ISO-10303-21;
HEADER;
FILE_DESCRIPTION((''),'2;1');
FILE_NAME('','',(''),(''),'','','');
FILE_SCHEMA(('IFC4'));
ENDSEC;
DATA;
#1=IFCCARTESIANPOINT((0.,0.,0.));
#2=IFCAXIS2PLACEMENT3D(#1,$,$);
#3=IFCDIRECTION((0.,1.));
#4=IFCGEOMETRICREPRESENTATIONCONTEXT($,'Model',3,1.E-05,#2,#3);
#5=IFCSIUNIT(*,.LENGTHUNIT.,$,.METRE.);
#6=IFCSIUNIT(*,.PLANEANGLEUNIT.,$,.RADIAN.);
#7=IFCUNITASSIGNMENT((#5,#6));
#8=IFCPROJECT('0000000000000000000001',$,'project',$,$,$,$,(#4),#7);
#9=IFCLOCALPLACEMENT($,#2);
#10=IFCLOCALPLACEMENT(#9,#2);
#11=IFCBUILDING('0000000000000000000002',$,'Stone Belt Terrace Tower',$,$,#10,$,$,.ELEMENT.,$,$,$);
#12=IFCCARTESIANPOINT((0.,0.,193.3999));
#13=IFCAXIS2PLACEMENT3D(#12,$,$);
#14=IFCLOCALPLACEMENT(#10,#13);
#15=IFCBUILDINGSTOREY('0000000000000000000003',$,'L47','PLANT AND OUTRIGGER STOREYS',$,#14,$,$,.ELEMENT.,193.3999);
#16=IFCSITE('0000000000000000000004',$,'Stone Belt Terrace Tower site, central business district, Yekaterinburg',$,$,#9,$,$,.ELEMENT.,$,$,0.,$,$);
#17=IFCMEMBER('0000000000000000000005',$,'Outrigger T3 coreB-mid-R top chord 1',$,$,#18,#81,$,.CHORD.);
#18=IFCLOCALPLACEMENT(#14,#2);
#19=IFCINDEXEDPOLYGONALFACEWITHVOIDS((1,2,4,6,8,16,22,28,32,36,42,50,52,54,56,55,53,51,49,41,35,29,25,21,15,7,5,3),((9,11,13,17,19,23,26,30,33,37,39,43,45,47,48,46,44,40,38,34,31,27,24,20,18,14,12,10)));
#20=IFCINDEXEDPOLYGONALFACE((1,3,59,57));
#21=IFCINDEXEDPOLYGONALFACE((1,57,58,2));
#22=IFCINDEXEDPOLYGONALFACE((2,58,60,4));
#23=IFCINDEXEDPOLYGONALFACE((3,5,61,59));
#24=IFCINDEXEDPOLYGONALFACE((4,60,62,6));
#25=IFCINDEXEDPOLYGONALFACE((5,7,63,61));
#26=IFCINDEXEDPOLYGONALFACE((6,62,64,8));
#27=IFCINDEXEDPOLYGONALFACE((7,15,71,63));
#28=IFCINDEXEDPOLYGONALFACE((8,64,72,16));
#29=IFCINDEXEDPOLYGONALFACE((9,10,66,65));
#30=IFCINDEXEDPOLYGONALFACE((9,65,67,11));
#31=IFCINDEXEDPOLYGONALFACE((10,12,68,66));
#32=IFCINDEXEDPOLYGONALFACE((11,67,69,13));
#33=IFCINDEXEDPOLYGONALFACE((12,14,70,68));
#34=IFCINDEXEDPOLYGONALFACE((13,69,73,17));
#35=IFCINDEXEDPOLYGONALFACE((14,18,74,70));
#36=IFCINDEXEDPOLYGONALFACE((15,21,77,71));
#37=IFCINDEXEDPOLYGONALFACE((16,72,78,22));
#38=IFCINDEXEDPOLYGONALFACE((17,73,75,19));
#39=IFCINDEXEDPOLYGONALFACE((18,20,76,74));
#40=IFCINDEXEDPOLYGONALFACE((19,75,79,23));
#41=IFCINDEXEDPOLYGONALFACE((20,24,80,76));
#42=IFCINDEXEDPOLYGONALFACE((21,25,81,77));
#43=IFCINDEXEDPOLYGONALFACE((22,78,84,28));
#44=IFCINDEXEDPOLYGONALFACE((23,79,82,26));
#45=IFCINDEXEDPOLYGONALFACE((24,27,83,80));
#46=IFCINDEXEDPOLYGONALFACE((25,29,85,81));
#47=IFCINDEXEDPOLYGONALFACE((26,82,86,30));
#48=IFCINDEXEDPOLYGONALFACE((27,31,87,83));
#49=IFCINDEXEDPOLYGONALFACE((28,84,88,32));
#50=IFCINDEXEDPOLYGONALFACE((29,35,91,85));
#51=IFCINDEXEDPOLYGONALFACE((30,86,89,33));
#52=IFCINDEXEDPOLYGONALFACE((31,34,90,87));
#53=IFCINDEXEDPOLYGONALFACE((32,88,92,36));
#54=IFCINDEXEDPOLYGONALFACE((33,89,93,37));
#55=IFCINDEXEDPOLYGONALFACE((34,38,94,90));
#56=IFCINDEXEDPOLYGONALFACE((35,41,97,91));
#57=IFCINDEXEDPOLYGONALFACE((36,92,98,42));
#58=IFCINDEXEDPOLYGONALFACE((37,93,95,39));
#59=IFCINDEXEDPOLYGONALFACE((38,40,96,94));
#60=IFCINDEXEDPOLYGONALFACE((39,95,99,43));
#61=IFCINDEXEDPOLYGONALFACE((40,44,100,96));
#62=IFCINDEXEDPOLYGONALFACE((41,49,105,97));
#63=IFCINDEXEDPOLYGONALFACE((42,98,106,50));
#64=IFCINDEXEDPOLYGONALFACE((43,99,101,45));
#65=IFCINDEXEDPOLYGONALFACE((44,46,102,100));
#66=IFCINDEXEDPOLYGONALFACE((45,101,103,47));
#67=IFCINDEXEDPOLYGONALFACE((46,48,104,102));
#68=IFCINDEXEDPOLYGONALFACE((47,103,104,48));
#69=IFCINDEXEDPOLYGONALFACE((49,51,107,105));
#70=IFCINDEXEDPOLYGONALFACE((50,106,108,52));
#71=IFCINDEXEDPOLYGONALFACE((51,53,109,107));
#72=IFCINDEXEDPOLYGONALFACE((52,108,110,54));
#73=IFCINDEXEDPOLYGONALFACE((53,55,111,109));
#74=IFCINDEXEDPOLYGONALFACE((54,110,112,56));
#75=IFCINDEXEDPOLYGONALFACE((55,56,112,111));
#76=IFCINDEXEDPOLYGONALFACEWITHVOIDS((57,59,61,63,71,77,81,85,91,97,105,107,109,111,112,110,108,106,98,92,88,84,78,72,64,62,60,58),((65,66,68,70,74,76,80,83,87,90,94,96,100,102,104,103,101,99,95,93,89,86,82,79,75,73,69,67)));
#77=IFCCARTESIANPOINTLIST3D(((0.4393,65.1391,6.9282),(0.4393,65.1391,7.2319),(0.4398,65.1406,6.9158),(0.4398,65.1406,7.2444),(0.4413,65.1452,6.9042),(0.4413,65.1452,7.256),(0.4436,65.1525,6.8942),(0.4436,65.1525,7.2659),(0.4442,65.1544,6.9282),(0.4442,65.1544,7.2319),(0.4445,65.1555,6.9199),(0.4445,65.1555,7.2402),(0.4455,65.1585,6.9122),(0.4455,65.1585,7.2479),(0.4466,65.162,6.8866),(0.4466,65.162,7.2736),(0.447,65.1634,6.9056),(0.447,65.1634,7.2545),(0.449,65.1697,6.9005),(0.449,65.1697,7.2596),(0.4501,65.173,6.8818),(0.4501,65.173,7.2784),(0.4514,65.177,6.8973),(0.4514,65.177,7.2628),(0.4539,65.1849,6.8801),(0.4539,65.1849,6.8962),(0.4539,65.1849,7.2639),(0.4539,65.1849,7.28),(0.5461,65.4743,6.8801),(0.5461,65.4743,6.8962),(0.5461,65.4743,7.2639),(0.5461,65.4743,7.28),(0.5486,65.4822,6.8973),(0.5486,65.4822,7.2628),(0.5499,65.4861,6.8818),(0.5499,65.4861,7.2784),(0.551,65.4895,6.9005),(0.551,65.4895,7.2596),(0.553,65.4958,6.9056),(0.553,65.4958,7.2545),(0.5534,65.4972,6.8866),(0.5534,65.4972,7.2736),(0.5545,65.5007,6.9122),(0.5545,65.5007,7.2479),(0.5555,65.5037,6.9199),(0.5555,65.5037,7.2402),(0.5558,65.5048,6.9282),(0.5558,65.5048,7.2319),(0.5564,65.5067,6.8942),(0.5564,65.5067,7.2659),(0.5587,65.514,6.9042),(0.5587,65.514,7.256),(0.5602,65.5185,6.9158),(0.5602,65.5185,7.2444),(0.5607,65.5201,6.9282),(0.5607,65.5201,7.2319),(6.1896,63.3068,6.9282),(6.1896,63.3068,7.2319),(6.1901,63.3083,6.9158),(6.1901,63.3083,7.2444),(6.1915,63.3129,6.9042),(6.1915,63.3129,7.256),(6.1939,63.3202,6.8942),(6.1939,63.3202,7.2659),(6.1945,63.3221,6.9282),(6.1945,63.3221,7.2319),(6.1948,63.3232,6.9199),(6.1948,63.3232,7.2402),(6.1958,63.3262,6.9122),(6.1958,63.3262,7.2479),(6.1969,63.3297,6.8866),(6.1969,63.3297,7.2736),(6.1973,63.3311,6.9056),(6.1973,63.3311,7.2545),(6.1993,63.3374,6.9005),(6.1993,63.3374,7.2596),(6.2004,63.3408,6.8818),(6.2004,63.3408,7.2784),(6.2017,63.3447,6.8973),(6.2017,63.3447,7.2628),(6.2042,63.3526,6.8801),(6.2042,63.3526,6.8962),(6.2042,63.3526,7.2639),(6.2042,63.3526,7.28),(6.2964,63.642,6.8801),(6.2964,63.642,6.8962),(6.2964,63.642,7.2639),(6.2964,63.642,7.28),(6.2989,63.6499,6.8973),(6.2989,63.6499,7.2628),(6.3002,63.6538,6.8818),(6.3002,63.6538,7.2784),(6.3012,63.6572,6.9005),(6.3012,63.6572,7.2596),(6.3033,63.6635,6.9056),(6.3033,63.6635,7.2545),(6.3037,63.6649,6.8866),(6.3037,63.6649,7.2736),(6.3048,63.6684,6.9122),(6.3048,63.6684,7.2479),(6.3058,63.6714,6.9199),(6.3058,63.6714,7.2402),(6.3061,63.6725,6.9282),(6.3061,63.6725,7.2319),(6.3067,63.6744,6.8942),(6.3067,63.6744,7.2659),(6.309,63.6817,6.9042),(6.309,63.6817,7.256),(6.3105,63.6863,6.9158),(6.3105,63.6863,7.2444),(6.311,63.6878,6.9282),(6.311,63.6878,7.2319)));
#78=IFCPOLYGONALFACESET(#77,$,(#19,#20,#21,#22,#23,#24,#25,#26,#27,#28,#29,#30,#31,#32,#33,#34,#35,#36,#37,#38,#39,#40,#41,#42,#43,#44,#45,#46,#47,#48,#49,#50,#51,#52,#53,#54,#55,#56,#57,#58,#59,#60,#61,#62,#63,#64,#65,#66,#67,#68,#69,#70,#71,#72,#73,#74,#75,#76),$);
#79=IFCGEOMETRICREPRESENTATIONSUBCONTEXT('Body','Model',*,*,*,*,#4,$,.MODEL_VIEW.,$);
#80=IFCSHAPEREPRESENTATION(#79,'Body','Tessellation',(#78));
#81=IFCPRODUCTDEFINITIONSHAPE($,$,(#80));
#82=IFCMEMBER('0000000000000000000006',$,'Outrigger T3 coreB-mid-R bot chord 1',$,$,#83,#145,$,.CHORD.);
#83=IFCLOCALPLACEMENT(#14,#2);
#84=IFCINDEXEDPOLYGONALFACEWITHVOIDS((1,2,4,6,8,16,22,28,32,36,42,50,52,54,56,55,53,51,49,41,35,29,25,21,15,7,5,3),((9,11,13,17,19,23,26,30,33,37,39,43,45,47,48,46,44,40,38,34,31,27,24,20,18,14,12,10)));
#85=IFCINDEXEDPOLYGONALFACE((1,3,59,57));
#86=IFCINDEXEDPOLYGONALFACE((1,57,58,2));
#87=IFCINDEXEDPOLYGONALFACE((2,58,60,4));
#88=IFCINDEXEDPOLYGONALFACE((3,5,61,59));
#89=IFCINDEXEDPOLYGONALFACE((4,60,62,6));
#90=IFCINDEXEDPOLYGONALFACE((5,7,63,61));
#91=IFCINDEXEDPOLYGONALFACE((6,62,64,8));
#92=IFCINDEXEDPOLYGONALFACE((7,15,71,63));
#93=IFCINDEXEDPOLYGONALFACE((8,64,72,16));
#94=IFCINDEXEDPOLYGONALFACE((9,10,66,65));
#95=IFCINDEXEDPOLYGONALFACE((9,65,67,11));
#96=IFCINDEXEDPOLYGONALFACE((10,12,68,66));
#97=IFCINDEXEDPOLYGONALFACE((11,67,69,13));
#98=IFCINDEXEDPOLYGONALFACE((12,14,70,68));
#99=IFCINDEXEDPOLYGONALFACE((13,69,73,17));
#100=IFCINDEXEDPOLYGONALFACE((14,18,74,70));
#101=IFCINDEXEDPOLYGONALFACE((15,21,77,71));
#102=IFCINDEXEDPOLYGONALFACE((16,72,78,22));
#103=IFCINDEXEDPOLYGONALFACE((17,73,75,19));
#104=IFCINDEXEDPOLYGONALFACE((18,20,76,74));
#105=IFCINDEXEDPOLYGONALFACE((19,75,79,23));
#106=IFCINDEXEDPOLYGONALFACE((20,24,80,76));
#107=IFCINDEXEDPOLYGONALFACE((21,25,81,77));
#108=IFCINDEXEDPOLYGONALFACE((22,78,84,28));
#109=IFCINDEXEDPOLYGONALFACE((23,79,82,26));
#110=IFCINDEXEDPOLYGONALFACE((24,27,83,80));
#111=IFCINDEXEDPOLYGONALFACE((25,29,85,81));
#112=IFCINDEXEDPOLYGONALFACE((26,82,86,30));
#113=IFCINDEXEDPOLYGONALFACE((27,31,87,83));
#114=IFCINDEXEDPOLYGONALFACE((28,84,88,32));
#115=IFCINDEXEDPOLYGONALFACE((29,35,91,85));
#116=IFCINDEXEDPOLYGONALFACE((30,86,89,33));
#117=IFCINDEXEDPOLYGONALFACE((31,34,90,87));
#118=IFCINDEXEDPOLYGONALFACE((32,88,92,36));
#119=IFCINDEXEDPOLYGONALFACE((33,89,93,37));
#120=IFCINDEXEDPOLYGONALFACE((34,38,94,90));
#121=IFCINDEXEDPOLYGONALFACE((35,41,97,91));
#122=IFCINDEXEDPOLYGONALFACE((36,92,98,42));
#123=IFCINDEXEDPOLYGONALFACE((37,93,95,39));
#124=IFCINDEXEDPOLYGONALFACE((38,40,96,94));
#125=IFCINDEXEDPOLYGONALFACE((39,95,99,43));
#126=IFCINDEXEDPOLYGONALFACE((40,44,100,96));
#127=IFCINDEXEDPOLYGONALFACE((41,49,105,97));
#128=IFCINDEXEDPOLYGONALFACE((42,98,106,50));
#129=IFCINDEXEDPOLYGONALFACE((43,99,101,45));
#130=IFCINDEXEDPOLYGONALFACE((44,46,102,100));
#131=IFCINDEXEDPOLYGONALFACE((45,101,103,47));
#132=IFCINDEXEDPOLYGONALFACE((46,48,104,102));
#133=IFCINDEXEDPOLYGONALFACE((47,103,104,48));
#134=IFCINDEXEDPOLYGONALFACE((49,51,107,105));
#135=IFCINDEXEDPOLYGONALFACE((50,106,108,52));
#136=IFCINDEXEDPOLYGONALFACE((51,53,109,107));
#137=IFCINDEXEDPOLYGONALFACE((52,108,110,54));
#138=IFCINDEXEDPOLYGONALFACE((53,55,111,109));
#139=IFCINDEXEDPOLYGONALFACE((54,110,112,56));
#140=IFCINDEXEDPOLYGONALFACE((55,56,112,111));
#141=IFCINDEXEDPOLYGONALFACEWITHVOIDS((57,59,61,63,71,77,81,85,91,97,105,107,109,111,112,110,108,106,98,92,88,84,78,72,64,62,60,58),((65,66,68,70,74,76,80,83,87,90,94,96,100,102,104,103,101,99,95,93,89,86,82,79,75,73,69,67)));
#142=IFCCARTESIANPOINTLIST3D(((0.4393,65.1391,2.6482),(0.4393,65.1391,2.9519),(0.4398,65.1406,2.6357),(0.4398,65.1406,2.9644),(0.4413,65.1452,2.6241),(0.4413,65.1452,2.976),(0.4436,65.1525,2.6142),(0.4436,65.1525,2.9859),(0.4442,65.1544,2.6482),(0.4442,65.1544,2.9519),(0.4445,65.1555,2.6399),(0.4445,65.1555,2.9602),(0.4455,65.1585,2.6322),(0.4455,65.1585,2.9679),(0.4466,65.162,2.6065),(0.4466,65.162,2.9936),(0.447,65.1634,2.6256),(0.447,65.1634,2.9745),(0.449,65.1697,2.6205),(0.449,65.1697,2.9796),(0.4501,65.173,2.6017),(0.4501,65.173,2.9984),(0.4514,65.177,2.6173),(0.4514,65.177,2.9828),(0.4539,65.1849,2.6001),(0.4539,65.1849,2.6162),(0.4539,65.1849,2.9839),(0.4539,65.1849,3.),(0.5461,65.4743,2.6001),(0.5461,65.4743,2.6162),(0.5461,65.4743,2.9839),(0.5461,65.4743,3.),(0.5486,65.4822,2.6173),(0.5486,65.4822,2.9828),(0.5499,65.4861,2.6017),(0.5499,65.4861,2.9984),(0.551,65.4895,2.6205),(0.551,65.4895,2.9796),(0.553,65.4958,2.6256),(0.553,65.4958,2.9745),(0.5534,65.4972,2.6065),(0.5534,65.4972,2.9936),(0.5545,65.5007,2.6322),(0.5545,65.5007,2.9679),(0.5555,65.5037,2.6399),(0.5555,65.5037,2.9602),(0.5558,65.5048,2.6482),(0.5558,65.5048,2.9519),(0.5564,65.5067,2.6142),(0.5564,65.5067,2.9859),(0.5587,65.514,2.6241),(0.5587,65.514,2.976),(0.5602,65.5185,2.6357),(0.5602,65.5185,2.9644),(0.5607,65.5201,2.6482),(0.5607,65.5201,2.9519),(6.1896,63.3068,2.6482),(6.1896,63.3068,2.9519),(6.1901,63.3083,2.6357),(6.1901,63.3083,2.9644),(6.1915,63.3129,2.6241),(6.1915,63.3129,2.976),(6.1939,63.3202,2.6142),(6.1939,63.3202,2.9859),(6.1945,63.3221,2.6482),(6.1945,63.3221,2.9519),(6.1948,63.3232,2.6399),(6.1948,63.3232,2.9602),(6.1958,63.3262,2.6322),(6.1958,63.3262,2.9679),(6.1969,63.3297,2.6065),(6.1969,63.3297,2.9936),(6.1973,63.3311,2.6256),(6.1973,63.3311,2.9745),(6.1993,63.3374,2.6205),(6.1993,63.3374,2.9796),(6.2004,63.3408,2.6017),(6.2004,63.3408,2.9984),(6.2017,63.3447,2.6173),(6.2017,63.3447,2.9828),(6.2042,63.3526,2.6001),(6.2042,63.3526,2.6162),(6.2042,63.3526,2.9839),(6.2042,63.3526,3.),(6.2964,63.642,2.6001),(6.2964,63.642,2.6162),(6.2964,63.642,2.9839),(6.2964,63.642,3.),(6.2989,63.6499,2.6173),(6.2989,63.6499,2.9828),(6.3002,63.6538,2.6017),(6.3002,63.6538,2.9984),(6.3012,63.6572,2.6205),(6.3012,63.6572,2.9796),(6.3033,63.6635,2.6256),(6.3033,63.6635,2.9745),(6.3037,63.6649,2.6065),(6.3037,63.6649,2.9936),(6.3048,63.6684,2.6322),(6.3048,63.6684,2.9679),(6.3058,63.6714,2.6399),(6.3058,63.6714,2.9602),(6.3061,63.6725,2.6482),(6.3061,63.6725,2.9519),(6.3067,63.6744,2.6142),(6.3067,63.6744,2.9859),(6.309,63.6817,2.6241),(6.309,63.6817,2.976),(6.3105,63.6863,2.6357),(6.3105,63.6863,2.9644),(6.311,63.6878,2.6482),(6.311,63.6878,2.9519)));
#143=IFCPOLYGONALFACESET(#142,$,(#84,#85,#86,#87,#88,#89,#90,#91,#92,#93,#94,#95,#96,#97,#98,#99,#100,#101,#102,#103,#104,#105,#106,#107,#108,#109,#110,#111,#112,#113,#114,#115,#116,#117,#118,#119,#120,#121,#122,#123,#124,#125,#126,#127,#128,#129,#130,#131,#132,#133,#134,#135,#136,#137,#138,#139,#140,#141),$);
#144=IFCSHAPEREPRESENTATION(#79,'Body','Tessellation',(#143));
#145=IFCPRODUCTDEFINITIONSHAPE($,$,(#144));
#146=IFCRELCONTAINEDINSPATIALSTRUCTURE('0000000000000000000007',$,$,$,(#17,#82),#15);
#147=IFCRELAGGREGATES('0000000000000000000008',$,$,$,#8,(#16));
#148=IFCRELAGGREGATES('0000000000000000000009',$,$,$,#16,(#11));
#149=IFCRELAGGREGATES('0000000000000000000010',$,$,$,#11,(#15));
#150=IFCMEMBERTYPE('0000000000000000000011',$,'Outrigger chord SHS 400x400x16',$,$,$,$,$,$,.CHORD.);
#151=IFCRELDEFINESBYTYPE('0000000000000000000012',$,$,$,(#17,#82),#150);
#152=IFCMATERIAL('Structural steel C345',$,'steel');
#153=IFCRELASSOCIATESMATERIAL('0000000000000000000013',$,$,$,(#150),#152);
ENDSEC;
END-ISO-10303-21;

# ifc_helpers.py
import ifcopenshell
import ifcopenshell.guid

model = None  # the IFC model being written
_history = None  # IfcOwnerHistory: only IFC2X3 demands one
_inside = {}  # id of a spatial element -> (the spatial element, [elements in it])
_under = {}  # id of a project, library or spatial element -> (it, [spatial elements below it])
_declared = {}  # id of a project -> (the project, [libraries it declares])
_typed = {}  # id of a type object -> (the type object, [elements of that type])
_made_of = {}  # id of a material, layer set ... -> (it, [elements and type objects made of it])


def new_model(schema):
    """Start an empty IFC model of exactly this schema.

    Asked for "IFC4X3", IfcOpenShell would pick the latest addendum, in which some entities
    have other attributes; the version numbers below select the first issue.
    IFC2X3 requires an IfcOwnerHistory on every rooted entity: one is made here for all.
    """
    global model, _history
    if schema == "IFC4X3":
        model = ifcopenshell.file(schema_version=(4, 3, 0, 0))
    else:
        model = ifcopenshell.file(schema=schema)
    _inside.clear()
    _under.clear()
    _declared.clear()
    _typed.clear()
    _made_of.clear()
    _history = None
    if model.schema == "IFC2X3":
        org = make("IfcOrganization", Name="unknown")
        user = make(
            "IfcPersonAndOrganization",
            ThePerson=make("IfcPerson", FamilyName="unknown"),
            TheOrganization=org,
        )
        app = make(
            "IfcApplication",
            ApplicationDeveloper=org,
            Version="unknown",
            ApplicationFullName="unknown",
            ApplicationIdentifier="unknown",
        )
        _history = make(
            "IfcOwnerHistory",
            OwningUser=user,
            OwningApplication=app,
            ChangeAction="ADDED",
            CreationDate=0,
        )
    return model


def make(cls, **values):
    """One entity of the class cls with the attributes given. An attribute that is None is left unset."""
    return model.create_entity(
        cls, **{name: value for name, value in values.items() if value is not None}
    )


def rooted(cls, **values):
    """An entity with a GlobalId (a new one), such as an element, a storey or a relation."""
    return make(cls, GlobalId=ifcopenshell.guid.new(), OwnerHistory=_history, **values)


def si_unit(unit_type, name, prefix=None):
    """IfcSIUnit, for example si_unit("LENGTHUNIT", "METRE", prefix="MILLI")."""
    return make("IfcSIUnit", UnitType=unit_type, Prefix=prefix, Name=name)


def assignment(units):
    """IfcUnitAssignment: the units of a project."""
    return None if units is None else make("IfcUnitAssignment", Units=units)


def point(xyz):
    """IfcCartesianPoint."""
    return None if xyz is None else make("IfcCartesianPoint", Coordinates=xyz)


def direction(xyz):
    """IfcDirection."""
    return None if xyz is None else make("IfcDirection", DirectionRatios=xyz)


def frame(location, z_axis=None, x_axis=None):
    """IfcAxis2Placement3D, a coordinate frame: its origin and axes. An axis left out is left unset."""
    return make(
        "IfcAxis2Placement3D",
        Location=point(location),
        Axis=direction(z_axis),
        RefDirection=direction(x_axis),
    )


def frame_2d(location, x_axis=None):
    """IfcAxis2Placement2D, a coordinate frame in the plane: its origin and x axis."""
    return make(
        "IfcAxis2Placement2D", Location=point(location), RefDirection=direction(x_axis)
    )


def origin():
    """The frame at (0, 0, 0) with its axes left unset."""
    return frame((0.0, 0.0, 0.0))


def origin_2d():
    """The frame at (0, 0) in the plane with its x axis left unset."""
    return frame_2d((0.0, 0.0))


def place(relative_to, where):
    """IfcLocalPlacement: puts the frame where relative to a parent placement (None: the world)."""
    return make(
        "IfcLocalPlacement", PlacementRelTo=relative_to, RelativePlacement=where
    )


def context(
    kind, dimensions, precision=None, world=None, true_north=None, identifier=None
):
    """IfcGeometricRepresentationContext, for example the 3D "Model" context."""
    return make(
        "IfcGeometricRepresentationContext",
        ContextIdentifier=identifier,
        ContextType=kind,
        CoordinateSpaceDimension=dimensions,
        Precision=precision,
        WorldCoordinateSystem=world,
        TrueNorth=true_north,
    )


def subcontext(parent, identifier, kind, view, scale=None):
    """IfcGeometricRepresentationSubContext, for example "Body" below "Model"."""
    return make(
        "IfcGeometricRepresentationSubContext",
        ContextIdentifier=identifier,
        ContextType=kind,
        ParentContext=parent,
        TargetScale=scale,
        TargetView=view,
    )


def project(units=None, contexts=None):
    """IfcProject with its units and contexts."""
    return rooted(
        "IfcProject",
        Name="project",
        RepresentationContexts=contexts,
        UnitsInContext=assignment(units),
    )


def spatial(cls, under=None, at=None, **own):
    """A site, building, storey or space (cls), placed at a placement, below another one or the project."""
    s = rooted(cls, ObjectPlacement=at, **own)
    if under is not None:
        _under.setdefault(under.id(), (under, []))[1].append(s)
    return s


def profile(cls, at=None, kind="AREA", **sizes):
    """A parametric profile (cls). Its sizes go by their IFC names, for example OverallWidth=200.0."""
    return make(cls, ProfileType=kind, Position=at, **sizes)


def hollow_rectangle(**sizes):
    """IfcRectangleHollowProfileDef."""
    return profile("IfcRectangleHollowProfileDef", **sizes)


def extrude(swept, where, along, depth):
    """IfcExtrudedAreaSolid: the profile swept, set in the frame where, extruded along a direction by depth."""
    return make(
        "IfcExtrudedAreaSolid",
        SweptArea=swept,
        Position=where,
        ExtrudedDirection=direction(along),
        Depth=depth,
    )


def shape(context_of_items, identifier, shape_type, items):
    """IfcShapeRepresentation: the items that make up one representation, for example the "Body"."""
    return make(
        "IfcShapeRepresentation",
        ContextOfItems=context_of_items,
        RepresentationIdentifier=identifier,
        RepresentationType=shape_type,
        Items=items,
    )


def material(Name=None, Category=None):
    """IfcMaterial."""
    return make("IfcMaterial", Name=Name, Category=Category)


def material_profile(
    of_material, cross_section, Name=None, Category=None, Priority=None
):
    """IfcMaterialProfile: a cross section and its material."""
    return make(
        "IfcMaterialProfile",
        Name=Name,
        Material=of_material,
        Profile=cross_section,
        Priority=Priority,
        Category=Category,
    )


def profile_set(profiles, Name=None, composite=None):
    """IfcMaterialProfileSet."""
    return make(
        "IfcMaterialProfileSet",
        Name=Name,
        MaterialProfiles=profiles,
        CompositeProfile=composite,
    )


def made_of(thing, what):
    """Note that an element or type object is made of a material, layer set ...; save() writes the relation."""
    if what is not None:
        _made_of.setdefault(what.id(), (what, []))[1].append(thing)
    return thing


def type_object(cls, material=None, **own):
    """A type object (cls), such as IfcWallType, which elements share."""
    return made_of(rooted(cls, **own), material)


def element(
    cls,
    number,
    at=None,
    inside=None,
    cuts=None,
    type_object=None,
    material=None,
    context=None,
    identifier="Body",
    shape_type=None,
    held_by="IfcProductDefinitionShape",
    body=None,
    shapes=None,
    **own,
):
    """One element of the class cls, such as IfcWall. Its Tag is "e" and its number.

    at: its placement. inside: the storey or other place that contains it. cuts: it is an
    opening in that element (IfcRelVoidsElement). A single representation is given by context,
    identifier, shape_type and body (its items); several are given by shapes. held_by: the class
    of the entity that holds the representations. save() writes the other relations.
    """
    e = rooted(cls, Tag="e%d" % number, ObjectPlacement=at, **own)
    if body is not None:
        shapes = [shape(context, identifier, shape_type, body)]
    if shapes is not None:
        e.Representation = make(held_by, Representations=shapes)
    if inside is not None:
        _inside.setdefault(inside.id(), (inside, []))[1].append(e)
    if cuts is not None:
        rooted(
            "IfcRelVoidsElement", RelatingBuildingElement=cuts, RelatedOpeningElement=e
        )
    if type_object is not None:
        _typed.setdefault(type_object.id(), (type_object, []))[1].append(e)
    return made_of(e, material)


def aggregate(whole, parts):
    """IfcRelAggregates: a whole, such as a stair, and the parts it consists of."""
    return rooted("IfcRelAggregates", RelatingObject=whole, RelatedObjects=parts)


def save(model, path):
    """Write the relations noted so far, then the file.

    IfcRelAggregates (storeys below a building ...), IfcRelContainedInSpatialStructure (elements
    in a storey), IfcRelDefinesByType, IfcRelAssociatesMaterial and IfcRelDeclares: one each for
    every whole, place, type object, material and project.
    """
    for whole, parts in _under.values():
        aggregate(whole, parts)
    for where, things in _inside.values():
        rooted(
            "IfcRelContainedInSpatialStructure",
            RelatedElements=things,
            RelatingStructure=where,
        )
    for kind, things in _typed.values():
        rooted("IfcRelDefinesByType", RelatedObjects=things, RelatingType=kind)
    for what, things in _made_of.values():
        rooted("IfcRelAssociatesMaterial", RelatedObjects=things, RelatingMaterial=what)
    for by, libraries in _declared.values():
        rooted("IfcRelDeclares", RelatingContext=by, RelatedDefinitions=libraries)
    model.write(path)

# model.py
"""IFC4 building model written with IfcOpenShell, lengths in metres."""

from ifc_helpers import new_model, si_unit, direction, frame, origin, origin_2d, place, context, subcontext, project, spatial, hollow_rectangle, extrude, material, material_profile, profile_set, type_object, element, save


model = new_model("IFC4")

# Units and contexts
model_context = context("Model", 3, precision=1e-05, world=origin(), true_north=direction((0.0, 1.0)))
body_context = subcontext(model_context, "Body", "Model", "MODEL_VIEW")
ifc_project = project(units=[si_unit("LENGTHUNIT", "METRE"), si_unit("PLANEANGLEUNIT", "RADIAN")], contexts=[model_context])

# Site, building, storey
site_placement = place(None, origin())
site = spatial("IfcSite", under=ifc_project, at=site_placement, Name="Stone Belt Terrace Tower site, central business district, Yekaterinburg", CompositionType="ELEMENT", RefElevation=0.0)
building_placement = place(site_placement, origin())
building = spatial("IfcBuilding", under=site, at=building_placement, Name="Stone Belt Terrace Tower", CompositionType="ELEMENT")
storey_placement = place(building_placement, frame((0.0, 0.0, 193.3999)))
storey = spatial("IfcBuildingStorey", under=building, at=storey_placement, Name="L47", Description="PLANT AND OUTRIGGER STOREYS", CompositionType="ELEMENT", Elevation=193.3999)

# Shared definitions
ifc_material_1 = material(Name="Structural steel C345", Category="steel")

# Members
ifc_material_profile_1 = material_profile(ifc_material_1, hollow_rectangle(XDim=0.3999, YDim=0.3999, WallThickness=0.0161, InnerFilletRadius=0.032, OuterFilletRadius=0.0481, at=origin_2d()), Name="SHS 400x400x16")
ifc_profile_set_1 = profile_set([ifc_material_profile_1], Name="Structural steel C345")
member_type_1 = type_object("IfcMemberType", Name="Outrigger chord SHS 400x400x16", PredefinedType="CHORD", material=ifc_profile_set_1)
for number, where, z_axis, x_axis, name in (
    (1, (0.5, 65.3296, 7.0801), (0.952799, -0.303603, 0.0), (0.303603, 0.952799, 0.0), "Outrigger T3 coreB-mid-R top chord 1"),
    (2, (0.5, 65.3296, 2.8), (0.952799, -0.303603, 0.0), (0.303603, 0.952799, 0.0), "Outrigger T3 coreB-mid-R bot chord 1"),
):
    element("IfcMember", number, at=place(storey_placement, frame(where, z_axis=z_axis, x_axis=x_axis)), inside=storey, type_object=member_type_1, Name=name, PredefinedType="CHORD", context=body_context, shape_type="SweptSolid", body=[
        extrude(hollow_rectangle(XDim=0.3999, YDim=0.3999, WallThickness=0.0161, InnerFilletRadius=0.032, OuterFilletRadius=0.0481, at=origin_2d()), origin(), (0.0, 0.0, 1.0), 6.0352),
    ])

save(model, "model.ifc")
